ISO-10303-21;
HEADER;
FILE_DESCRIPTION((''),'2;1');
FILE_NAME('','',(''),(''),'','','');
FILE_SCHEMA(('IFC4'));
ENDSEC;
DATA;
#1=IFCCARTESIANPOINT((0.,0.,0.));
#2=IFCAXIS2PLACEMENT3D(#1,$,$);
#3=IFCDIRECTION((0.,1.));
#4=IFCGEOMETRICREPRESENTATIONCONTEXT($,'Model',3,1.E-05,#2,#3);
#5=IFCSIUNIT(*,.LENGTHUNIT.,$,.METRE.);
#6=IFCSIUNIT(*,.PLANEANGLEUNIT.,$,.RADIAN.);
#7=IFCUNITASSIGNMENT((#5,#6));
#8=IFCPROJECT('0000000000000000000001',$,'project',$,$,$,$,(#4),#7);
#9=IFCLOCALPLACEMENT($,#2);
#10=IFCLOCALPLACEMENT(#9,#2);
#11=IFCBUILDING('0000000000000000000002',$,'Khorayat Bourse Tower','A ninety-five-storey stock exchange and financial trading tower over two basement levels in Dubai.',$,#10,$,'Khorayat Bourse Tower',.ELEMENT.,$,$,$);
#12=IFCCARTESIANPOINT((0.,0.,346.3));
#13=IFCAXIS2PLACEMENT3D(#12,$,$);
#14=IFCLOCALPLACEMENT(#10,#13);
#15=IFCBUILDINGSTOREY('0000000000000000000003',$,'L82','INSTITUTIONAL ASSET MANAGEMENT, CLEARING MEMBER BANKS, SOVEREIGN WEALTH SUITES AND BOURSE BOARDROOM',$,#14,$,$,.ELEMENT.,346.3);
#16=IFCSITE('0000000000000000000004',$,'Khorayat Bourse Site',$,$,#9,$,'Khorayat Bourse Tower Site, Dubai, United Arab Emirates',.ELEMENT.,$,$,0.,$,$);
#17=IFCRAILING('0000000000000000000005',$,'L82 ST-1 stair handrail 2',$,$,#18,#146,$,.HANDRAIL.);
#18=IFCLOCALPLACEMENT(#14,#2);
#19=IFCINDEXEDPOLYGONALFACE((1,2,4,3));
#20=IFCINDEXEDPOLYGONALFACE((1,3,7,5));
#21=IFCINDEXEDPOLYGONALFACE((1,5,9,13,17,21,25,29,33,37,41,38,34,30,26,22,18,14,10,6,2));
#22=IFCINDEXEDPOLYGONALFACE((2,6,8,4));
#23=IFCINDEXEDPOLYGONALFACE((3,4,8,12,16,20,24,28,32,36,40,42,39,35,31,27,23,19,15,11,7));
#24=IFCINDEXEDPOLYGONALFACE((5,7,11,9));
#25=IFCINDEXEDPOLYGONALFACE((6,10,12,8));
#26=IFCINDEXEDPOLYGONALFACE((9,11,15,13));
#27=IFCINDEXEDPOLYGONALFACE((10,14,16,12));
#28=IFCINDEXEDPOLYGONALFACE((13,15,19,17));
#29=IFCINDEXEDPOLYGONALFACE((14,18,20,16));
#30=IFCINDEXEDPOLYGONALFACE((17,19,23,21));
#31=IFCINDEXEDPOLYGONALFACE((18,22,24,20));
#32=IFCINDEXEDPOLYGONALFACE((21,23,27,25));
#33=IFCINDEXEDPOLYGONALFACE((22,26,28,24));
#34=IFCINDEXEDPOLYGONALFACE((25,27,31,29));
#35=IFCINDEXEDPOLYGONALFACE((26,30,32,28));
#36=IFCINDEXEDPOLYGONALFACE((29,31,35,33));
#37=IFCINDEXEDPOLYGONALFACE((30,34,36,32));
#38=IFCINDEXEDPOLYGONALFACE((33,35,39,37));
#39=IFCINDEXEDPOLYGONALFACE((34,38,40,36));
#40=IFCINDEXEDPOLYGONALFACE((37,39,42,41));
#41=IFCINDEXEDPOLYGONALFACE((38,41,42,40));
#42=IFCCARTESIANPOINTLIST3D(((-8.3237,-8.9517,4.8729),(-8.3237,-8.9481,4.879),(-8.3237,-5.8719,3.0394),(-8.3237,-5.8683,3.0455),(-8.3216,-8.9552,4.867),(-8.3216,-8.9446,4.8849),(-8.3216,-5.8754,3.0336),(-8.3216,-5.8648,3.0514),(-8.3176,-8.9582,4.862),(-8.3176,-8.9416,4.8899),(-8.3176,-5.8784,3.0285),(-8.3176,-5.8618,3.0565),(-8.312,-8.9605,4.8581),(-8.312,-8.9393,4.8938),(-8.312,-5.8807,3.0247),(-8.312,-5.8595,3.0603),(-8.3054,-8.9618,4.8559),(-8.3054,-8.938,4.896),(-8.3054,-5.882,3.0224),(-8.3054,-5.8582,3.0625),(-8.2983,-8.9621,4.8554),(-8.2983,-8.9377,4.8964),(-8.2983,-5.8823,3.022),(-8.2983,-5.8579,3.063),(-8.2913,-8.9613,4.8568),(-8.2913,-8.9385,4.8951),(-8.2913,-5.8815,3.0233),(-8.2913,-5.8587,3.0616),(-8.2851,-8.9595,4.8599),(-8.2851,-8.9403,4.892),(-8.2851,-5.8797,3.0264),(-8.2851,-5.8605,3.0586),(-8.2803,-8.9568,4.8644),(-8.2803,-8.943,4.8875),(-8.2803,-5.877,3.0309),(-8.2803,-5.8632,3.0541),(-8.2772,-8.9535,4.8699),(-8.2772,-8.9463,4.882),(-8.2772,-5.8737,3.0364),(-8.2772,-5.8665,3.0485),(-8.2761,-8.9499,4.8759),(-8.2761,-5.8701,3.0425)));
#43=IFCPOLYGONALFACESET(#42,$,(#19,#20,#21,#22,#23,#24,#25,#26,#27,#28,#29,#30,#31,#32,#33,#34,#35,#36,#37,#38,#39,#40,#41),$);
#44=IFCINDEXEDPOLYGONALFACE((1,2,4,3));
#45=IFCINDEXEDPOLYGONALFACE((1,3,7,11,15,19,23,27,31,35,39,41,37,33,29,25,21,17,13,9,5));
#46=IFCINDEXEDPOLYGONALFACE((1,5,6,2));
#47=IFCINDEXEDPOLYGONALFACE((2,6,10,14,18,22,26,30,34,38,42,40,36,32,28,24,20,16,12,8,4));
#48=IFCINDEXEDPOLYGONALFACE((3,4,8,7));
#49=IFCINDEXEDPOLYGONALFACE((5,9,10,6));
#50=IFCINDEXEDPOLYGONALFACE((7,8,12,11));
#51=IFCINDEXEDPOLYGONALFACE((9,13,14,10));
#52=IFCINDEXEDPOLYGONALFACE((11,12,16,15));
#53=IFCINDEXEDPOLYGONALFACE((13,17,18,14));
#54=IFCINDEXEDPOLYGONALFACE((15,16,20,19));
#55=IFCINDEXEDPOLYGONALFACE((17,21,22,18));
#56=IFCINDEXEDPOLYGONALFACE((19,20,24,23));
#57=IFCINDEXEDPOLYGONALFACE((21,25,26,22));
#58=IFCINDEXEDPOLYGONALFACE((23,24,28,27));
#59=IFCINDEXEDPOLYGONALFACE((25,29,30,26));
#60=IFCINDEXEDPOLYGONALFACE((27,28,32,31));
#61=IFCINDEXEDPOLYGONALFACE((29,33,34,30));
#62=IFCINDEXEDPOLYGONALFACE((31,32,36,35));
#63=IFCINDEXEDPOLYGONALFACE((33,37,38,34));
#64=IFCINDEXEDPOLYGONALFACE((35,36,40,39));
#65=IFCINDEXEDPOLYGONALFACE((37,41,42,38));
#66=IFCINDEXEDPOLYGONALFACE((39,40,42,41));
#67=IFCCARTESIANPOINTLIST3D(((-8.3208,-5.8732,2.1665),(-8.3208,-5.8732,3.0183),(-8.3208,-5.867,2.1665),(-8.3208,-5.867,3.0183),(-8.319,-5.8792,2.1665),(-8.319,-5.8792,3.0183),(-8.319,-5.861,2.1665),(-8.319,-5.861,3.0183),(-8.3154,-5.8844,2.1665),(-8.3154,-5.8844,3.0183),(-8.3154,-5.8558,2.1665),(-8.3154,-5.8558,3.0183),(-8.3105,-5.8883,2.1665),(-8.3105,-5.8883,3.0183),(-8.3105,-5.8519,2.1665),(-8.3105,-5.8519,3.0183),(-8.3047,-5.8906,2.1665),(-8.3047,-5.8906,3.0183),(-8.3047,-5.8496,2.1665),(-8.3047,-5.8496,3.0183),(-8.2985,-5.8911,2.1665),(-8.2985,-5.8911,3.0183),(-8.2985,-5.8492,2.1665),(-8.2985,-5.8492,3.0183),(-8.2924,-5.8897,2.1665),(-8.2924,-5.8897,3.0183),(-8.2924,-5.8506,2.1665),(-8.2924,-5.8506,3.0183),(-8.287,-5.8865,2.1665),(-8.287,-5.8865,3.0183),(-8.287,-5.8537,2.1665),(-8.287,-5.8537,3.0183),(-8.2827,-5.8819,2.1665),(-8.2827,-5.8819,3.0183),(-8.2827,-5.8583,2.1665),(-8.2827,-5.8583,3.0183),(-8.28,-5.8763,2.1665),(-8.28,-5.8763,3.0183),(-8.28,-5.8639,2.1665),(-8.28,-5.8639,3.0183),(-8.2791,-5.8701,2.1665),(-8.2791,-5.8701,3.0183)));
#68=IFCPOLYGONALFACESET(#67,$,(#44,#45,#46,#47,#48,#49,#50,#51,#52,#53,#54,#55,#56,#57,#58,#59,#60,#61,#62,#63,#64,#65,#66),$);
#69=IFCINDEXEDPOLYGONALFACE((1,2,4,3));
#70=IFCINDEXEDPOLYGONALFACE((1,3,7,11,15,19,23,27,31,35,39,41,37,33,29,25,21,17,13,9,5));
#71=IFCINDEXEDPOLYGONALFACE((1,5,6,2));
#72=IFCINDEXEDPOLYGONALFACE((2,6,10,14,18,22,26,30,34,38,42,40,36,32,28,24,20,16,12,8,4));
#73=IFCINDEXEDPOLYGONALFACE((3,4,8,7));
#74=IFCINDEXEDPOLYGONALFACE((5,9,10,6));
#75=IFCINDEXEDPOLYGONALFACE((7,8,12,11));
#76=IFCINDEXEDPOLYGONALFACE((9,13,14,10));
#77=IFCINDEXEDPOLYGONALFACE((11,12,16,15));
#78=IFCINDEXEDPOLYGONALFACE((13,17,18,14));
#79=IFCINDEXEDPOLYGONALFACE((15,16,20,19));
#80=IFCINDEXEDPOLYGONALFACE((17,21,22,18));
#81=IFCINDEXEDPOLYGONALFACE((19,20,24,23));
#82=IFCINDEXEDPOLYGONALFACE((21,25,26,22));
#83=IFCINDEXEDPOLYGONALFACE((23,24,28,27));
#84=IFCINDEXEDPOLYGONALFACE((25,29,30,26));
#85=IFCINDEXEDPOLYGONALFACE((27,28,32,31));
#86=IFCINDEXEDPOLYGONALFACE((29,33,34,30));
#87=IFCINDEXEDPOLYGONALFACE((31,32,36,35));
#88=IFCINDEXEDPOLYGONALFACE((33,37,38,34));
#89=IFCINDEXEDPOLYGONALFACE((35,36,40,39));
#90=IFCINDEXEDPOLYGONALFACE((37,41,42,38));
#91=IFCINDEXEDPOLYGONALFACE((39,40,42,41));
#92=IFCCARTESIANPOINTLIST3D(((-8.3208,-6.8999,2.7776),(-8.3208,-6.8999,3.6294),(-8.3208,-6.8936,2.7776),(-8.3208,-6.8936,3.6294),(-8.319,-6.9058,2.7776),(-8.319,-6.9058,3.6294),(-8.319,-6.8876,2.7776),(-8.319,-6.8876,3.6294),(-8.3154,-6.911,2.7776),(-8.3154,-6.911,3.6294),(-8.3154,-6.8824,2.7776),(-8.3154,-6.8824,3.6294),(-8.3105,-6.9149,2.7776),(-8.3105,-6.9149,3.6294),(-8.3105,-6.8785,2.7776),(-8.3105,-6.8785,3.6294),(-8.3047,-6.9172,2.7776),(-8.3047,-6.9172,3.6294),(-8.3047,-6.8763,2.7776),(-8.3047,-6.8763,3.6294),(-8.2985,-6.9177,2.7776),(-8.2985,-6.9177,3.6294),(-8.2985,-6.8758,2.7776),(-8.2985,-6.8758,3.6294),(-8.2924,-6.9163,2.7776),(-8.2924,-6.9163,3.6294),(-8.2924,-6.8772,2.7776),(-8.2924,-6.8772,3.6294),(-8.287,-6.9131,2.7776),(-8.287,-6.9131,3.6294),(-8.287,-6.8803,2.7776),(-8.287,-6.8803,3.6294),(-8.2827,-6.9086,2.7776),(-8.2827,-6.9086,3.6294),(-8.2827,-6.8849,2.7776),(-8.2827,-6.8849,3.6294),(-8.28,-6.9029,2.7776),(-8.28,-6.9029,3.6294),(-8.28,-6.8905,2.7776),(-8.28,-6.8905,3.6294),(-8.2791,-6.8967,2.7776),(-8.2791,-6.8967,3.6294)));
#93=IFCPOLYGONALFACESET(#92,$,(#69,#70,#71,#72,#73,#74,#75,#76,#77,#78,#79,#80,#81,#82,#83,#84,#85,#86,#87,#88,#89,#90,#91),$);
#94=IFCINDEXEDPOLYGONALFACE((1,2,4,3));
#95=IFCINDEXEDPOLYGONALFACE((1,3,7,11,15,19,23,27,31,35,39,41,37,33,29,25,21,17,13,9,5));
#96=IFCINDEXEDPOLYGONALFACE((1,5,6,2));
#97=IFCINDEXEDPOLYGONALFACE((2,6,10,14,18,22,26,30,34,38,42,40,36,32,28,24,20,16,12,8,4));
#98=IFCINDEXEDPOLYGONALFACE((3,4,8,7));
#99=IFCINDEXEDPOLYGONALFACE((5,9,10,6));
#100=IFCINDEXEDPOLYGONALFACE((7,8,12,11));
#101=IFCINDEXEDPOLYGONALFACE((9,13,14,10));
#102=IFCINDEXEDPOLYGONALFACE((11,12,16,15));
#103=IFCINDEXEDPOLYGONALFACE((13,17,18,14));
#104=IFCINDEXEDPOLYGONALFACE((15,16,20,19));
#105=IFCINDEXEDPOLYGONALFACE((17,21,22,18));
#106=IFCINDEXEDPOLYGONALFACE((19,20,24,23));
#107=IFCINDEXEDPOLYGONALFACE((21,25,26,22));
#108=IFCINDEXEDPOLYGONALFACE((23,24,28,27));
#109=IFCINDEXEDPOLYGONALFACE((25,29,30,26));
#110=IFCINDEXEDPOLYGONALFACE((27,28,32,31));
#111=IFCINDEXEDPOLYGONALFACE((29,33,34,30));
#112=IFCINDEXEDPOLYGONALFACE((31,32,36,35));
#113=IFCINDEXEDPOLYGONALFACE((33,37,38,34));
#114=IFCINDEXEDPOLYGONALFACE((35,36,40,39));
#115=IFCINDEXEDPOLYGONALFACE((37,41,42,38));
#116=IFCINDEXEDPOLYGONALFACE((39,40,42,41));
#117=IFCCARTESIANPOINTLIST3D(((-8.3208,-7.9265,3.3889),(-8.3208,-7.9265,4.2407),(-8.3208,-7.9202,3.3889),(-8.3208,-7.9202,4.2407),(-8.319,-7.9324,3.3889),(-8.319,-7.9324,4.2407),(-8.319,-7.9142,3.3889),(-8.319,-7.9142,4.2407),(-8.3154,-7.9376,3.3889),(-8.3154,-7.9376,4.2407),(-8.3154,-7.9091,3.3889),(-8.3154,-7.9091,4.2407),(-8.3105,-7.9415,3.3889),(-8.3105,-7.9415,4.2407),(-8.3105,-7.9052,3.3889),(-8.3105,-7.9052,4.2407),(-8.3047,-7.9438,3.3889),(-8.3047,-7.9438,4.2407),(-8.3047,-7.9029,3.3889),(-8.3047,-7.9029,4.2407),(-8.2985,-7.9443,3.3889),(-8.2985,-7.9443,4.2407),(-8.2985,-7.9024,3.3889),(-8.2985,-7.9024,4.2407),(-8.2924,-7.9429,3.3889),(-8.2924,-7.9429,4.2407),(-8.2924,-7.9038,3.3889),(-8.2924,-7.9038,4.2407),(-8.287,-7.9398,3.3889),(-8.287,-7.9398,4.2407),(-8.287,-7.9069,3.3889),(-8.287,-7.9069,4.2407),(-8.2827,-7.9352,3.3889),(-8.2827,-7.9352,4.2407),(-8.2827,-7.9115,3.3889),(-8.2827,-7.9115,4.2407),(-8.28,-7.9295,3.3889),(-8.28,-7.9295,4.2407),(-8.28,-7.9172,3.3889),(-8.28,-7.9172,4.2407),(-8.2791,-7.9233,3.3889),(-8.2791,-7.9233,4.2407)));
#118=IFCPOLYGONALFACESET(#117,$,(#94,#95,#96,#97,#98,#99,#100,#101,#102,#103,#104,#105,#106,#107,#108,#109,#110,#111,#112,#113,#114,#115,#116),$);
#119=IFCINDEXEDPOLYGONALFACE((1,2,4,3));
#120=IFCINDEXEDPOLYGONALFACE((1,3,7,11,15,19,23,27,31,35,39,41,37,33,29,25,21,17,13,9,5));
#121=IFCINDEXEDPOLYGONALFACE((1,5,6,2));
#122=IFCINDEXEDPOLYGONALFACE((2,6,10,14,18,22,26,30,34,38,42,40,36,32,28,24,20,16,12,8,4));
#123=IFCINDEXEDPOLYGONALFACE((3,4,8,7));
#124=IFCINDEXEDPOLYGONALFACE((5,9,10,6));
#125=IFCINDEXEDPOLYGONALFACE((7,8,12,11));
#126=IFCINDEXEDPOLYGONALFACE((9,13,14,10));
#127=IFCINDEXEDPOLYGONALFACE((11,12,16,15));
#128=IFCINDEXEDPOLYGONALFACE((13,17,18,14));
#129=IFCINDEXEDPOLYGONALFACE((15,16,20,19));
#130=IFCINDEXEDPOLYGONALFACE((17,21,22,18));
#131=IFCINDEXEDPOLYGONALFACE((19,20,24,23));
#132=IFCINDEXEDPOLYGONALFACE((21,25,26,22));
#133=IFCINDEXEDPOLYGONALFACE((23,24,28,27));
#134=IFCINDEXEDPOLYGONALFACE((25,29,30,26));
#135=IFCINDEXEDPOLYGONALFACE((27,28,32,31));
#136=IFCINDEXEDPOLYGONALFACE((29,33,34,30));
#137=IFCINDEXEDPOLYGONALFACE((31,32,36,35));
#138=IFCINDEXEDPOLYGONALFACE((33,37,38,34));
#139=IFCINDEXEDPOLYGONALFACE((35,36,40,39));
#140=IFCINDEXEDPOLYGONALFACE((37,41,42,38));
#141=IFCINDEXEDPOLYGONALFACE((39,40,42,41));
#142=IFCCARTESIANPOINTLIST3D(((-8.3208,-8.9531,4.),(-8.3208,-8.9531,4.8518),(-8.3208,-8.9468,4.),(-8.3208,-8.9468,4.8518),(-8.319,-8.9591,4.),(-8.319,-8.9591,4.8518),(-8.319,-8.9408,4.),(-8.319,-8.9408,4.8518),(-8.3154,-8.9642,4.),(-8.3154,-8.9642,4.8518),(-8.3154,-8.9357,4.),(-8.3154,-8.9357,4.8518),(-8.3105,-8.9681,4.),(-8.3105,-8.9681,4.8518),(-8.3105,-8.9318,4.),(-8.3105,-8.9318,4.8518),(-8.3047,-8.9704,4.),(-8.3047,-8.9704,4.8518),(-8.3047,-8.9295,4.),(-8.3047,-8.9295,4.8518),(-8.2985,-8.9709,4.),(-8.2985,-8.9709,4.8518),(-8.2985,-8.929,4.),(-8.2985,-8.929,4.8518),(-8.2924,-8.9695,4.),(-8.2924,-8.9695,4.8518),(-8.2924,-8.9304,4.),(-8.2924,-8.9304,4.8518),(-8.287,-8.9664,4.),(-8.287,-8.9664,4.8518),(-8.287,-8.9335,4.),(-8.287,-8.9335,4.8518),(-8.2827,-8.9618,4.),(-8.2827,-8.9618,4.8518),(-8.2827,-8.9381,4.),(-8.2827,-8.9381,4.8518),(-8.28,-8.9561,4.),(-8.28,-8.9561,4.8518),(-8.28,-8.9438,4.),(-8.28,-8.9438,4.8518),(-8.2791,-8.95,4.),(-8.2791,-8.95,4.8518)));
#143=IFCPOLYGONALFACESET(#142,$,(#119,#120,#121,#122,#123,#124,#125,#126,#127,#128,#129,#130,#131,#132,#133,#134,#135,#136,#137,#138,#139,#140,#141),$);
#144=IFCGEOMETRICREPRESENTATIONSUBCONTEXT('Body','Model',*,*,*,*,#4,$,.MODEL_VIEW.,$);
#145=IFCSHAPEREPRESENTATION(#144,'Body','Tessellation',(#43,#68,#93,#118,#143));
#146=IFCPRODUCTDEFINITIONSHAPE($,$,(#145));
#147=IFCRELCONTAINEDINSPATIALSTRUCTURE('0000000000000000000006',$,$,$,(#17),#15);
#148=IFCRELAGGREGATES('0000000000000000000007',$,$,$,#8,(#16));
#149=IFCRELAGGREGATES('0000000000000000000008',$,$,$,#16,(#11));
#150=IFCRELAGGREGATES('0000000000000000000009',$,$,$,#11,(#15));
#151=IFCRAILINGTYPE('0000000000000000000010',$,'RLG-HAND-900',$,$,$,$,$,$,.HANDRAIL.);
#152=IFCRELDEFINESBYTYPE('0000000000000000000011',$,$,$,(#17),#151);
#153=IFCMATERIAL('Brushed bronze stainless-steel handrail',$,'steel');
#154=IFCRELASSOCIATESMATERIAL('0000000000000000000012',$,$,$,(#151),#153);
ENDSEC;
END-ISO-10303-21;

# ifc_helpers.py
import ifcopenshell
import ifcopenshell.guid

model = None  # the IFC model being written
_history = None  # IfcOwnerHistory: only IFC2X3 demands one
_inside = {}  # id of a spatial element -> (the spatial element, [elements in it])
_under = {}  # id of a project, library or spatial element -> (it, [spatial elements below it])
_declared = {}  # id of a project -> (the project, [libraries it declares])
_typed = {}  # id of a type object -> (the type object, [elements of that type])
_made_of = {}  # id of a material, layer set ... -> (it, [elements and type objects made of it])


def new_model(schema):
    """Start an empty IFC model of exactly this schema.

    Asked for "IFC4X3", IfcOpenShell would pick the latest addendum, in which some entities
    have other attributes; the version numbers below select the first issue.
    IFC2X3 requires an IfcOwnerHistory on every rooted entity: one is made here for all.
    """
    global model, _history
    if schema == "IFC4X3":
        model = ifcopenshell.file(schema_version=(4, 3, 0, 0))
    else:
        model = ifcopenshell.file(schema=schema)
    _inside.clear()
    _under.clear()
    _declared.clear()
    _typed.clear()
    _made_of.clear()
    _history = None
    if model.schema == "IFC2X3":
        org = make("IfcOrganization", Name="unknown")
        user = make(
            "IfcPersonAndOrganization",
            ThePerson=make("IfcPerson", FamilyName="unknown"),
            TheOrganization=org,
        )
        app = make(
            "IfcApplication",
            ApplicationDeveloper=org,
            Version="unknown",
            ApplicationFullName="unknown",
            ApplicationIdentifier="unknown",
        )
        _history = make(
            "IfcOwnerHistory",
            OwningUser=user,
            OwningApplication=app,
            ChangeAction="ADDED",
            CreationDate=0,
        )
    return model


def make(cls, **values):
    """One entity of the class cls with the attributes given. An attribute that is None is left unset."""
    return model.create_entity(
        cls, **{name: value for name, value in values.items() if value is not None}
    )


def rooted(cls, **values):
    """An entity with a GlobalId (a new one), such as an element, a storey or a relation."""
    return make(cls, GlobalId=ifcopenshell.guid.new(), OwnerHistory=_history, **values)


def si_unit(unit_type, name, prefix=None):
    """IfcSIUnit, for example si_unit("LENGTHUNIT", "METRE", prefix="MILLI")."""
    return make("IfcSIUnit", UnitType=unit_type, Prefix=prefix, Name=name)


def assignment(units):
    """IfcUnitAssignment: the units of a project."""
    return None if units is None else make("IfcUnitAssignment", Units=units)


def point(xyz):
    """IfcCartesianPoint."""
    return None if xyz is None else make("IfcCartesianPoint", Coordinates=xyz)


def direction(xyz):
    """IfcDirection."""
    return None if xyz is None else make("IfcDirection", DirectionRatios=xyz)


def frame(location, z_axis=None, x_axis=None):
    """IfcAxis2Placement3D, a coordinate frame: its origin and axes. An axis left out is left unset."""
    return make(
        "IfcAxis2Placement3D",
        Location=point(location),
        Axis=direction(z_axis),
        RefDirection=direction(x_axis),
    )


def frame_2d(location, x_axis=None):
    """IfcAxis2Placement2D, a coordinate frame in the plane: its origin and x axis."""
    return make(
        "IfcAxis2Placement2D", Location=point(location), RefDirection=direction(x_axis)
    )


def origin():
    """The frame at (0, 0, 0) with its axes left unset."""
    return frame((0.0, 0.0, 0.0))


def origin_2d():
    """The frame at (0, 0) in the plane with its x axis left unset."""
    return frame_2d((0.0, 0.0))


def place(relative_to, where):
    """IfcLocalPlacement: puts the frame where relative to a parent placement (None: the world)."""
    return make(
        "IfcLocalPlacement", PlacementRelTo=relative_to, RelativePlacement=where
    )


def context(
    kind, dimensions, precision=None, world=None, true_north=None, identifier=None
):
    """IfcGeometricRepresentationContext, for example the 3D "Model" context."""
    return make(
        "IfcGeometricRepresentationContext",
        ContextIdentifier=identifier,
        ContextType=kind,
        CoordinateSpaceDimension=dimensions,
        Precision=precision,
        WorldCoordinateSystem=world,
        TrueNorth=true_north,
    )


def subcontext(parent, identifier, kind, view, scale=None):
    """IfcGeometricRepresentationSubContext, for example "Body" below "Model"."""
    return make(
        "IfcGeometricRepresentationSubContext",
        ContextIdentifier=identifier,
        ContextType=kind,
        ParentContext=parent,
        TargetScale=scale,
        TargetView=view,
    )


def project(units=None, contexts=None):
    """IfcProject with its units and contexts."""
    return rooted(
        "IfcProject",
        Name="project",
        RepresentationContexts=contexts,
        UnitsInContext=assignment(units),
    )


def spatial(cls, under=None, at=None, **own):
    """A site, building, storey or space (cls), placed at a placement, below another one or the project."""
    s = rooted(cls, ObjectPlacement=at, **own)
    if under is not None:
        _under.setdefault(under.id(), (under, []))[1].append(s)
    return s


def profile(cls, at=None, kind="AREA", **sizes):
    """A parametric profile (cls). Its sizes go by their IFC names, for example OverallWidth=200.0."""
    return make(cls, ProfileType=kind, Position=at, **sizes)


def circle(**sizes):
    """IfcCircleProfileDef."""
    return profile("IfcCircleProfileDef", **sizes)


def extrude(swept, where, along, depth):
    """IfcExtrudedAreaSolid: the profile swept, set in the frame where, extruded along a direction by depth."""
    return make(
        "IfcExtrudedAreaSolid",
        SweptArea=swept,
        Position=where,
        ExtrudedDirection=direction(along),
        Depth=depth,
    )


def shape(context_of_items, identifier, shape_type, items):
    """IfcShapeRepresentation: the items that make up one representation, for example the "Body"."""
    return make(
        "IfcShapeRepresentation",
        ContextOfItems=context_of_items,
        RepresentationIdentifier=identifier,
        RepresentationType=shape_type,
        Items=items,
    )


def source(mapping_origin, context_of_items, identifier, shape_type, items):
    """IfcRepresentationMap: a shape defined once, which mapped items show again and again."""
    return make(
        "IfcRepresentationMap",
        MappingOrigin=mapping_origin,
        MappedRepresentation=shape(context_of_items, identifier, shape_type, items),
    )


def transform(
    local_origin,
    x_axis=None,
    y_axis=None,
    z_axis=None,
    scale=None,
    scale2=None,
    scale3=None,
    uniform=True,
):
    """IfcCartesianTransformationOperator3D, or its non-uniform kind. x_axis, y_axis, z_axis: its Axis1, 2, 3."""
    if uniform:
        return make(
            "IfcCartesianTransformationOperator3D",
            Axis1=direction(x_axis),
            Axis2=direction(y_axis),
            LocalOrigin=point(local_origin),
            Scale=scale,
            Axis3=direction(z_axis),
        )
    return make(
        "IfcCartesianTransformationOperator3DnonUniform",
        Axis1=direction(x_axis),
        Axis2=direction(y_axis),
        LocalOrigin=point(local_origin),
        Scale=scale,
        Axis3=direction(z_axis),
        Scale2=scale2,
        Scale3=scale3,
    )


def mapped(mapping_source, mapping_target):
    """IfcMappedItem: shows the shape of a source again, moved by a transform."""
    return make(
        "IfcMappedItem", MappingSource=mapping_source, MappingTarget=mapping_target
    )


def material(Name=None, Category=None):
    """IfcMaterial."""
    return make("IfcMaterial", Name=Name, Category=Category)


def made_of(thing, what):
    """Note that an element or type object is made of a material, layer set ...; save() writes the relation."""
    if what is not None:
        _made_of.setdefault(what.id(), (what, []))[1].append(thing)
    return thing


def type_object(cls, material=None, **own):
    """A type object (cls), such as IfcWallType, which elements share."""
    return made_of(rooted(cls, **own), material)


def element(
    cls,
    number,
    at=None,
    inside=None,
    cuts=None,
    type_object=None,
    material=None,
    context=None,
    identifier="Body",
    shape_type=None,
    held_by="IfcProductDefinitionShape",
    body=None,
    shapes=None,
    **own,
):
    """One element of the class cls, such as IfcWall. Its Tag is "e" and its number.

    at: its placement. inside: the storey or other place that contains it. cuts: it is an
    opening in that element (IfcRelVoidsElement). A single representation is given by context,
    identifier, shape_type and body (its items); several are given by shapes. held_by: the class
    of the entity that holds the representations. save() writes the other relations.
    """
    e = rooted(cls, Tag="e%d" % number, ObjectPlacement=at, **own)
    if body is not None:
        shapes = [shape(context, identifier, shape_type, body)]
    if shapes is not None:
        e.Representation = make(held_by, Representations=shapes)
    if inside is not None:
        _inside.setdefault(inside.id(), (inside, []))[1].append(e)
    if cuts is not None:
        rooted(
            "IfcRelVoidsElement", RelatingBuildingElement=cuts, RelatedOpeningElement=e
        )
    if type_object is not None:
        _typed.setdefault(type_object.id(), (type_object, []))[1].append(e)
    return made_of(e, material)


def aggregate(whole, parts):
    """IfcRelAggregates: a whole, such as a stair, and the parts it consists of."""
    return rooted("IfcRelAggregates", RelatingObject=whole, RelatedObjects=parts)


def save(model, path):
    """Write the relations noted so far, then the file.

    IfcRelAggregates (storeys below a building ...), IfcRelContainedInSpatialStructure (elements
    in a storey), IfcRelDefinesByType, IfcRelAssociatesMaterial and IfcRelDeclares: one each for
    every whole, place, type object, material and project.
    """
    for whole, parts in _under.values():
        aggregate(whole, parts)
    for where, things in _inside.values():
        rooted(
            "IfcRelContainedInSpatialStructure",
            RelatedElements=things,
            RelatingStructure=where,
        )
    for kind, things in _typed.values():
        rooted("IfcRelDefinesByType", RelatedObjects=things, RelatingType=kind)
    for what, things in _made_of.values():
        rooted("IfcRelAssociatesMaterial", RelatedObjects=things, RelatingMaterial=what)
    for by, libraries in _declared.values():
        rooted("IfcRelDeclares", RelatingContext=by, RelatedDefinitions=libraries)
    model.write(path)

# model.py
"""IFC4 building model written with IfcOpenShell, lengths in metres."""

from ifc_helpers import new_model, si_unit, direction, frame, origin, origin_2d, place, context, subcontext, project, spatial, circle, extrude, source, transform, mapped, material, type_object, element, save


model = new_model("IFC4")

# Units and contexts
model_context = context("Model", 3, precision=1e-05, world=origin(), true_north=direction((0.0, 1.0)))
body_context = subcontext(model_context, "Body", "Model", "MODEL_VIEW")
ifc_project = project(units=[si_unit("LENGTHUNIT", "METRE"), si_unit("PLANEANGLEUNIT", "RADIAN")], contexts=[model_context])

# Site, building, storey
site_placement = place(None, origin())
site = spatial("IfcSite", under=ifc_project, at=site_placement, Name="Khorayat Bourse Site", LongName="Khorayat Bourse Tower Site, Dubai, United Arab Emirates", CompositionType="ELEMENT", RefElevation=0.0)
building_placement = place(site_placement, origin())
building = spatial("IfcBuilding", under=site, at=building_placement, Name="Khorayat Bourse Tower", Description="A ninety-five-storey stock exchange and financial trading tower over two basement levels in Dubai.", LongName="Khorayat Bourse Tower", CompositionType="ELEMENT")
storey_placement = place(building_placement, frame((0.0, 0.0, 346.3)))
storey = spatial("IfcBuildingStorey", under=building, at=storey_placement, Name="L82", Description="INSTITUTIONAL ASSET MANAGEMENT, CLEARING MEMBER BANKS, SOVEREIGN WEALTH SUITES AND BOURSE BOARDROOM", CompositionType="ELEMENT", Elevation=346.3)

# Railing
ifc_material_1 = material(Name="Brushed bronze stainless-steel handrail", Category="steel")
railing_type_1 = type_object("IfcRailingType", Name="RLG-HAND-900", PredefinedType="HANDRAIL", material=ifc_material_1)
shared_shape_1 = source(origin(), body_context, "Body", "SweptSolid", [
    extrude(circle(Radius=0.0239, at=origin_2d()), frame((0.0, 0.0, 0.876), z_axis=(0.0, -0.859261, 0.511538), x_axis=(1.0, 0.0, 0.0)), (0.0, 0.0, 1.0), 3.5842),
    extrude(circle(Radius=0.021, at=origin_2d()), origin(), (0.0, 0.0, 1.0), 0.8518),
    extrude(circle(Radius=0.021, at=origin_2d()), frame((0.0, -1.0266, 0.6111)), (0.0, 0.0, 1.0), 0.8518),
    extrude(circle(Radius=0.021, at=origin_2d()), frame((0.0, -2.0532, 1.2224)), (0.0, 0.0, 1.0), 0.8518),
    extrude(circle(Radius=0.021, at=origin_2d()), frame((0.0, -3.0798, 1.8335)), (0.0, 0.0, 1.0), 0.8518),
])
railing_1_placement = place(storey_placement, frame((-8.3, -5.8701, 2.1665)))
element("IfcRailing", 1, at=railing_1_placement, inside=storey, type_object=railing_type_1, Name="L82 ST-1 stair handrail 2", PredefinedType="HANDRAIL", context=body_context, shape_type="MappedRepresentation", body=[
    mapped(shared_shape_1, transform((0.0, 0.0, 0.0), scale=1.0)),
])

save(model, "model.ifc")
